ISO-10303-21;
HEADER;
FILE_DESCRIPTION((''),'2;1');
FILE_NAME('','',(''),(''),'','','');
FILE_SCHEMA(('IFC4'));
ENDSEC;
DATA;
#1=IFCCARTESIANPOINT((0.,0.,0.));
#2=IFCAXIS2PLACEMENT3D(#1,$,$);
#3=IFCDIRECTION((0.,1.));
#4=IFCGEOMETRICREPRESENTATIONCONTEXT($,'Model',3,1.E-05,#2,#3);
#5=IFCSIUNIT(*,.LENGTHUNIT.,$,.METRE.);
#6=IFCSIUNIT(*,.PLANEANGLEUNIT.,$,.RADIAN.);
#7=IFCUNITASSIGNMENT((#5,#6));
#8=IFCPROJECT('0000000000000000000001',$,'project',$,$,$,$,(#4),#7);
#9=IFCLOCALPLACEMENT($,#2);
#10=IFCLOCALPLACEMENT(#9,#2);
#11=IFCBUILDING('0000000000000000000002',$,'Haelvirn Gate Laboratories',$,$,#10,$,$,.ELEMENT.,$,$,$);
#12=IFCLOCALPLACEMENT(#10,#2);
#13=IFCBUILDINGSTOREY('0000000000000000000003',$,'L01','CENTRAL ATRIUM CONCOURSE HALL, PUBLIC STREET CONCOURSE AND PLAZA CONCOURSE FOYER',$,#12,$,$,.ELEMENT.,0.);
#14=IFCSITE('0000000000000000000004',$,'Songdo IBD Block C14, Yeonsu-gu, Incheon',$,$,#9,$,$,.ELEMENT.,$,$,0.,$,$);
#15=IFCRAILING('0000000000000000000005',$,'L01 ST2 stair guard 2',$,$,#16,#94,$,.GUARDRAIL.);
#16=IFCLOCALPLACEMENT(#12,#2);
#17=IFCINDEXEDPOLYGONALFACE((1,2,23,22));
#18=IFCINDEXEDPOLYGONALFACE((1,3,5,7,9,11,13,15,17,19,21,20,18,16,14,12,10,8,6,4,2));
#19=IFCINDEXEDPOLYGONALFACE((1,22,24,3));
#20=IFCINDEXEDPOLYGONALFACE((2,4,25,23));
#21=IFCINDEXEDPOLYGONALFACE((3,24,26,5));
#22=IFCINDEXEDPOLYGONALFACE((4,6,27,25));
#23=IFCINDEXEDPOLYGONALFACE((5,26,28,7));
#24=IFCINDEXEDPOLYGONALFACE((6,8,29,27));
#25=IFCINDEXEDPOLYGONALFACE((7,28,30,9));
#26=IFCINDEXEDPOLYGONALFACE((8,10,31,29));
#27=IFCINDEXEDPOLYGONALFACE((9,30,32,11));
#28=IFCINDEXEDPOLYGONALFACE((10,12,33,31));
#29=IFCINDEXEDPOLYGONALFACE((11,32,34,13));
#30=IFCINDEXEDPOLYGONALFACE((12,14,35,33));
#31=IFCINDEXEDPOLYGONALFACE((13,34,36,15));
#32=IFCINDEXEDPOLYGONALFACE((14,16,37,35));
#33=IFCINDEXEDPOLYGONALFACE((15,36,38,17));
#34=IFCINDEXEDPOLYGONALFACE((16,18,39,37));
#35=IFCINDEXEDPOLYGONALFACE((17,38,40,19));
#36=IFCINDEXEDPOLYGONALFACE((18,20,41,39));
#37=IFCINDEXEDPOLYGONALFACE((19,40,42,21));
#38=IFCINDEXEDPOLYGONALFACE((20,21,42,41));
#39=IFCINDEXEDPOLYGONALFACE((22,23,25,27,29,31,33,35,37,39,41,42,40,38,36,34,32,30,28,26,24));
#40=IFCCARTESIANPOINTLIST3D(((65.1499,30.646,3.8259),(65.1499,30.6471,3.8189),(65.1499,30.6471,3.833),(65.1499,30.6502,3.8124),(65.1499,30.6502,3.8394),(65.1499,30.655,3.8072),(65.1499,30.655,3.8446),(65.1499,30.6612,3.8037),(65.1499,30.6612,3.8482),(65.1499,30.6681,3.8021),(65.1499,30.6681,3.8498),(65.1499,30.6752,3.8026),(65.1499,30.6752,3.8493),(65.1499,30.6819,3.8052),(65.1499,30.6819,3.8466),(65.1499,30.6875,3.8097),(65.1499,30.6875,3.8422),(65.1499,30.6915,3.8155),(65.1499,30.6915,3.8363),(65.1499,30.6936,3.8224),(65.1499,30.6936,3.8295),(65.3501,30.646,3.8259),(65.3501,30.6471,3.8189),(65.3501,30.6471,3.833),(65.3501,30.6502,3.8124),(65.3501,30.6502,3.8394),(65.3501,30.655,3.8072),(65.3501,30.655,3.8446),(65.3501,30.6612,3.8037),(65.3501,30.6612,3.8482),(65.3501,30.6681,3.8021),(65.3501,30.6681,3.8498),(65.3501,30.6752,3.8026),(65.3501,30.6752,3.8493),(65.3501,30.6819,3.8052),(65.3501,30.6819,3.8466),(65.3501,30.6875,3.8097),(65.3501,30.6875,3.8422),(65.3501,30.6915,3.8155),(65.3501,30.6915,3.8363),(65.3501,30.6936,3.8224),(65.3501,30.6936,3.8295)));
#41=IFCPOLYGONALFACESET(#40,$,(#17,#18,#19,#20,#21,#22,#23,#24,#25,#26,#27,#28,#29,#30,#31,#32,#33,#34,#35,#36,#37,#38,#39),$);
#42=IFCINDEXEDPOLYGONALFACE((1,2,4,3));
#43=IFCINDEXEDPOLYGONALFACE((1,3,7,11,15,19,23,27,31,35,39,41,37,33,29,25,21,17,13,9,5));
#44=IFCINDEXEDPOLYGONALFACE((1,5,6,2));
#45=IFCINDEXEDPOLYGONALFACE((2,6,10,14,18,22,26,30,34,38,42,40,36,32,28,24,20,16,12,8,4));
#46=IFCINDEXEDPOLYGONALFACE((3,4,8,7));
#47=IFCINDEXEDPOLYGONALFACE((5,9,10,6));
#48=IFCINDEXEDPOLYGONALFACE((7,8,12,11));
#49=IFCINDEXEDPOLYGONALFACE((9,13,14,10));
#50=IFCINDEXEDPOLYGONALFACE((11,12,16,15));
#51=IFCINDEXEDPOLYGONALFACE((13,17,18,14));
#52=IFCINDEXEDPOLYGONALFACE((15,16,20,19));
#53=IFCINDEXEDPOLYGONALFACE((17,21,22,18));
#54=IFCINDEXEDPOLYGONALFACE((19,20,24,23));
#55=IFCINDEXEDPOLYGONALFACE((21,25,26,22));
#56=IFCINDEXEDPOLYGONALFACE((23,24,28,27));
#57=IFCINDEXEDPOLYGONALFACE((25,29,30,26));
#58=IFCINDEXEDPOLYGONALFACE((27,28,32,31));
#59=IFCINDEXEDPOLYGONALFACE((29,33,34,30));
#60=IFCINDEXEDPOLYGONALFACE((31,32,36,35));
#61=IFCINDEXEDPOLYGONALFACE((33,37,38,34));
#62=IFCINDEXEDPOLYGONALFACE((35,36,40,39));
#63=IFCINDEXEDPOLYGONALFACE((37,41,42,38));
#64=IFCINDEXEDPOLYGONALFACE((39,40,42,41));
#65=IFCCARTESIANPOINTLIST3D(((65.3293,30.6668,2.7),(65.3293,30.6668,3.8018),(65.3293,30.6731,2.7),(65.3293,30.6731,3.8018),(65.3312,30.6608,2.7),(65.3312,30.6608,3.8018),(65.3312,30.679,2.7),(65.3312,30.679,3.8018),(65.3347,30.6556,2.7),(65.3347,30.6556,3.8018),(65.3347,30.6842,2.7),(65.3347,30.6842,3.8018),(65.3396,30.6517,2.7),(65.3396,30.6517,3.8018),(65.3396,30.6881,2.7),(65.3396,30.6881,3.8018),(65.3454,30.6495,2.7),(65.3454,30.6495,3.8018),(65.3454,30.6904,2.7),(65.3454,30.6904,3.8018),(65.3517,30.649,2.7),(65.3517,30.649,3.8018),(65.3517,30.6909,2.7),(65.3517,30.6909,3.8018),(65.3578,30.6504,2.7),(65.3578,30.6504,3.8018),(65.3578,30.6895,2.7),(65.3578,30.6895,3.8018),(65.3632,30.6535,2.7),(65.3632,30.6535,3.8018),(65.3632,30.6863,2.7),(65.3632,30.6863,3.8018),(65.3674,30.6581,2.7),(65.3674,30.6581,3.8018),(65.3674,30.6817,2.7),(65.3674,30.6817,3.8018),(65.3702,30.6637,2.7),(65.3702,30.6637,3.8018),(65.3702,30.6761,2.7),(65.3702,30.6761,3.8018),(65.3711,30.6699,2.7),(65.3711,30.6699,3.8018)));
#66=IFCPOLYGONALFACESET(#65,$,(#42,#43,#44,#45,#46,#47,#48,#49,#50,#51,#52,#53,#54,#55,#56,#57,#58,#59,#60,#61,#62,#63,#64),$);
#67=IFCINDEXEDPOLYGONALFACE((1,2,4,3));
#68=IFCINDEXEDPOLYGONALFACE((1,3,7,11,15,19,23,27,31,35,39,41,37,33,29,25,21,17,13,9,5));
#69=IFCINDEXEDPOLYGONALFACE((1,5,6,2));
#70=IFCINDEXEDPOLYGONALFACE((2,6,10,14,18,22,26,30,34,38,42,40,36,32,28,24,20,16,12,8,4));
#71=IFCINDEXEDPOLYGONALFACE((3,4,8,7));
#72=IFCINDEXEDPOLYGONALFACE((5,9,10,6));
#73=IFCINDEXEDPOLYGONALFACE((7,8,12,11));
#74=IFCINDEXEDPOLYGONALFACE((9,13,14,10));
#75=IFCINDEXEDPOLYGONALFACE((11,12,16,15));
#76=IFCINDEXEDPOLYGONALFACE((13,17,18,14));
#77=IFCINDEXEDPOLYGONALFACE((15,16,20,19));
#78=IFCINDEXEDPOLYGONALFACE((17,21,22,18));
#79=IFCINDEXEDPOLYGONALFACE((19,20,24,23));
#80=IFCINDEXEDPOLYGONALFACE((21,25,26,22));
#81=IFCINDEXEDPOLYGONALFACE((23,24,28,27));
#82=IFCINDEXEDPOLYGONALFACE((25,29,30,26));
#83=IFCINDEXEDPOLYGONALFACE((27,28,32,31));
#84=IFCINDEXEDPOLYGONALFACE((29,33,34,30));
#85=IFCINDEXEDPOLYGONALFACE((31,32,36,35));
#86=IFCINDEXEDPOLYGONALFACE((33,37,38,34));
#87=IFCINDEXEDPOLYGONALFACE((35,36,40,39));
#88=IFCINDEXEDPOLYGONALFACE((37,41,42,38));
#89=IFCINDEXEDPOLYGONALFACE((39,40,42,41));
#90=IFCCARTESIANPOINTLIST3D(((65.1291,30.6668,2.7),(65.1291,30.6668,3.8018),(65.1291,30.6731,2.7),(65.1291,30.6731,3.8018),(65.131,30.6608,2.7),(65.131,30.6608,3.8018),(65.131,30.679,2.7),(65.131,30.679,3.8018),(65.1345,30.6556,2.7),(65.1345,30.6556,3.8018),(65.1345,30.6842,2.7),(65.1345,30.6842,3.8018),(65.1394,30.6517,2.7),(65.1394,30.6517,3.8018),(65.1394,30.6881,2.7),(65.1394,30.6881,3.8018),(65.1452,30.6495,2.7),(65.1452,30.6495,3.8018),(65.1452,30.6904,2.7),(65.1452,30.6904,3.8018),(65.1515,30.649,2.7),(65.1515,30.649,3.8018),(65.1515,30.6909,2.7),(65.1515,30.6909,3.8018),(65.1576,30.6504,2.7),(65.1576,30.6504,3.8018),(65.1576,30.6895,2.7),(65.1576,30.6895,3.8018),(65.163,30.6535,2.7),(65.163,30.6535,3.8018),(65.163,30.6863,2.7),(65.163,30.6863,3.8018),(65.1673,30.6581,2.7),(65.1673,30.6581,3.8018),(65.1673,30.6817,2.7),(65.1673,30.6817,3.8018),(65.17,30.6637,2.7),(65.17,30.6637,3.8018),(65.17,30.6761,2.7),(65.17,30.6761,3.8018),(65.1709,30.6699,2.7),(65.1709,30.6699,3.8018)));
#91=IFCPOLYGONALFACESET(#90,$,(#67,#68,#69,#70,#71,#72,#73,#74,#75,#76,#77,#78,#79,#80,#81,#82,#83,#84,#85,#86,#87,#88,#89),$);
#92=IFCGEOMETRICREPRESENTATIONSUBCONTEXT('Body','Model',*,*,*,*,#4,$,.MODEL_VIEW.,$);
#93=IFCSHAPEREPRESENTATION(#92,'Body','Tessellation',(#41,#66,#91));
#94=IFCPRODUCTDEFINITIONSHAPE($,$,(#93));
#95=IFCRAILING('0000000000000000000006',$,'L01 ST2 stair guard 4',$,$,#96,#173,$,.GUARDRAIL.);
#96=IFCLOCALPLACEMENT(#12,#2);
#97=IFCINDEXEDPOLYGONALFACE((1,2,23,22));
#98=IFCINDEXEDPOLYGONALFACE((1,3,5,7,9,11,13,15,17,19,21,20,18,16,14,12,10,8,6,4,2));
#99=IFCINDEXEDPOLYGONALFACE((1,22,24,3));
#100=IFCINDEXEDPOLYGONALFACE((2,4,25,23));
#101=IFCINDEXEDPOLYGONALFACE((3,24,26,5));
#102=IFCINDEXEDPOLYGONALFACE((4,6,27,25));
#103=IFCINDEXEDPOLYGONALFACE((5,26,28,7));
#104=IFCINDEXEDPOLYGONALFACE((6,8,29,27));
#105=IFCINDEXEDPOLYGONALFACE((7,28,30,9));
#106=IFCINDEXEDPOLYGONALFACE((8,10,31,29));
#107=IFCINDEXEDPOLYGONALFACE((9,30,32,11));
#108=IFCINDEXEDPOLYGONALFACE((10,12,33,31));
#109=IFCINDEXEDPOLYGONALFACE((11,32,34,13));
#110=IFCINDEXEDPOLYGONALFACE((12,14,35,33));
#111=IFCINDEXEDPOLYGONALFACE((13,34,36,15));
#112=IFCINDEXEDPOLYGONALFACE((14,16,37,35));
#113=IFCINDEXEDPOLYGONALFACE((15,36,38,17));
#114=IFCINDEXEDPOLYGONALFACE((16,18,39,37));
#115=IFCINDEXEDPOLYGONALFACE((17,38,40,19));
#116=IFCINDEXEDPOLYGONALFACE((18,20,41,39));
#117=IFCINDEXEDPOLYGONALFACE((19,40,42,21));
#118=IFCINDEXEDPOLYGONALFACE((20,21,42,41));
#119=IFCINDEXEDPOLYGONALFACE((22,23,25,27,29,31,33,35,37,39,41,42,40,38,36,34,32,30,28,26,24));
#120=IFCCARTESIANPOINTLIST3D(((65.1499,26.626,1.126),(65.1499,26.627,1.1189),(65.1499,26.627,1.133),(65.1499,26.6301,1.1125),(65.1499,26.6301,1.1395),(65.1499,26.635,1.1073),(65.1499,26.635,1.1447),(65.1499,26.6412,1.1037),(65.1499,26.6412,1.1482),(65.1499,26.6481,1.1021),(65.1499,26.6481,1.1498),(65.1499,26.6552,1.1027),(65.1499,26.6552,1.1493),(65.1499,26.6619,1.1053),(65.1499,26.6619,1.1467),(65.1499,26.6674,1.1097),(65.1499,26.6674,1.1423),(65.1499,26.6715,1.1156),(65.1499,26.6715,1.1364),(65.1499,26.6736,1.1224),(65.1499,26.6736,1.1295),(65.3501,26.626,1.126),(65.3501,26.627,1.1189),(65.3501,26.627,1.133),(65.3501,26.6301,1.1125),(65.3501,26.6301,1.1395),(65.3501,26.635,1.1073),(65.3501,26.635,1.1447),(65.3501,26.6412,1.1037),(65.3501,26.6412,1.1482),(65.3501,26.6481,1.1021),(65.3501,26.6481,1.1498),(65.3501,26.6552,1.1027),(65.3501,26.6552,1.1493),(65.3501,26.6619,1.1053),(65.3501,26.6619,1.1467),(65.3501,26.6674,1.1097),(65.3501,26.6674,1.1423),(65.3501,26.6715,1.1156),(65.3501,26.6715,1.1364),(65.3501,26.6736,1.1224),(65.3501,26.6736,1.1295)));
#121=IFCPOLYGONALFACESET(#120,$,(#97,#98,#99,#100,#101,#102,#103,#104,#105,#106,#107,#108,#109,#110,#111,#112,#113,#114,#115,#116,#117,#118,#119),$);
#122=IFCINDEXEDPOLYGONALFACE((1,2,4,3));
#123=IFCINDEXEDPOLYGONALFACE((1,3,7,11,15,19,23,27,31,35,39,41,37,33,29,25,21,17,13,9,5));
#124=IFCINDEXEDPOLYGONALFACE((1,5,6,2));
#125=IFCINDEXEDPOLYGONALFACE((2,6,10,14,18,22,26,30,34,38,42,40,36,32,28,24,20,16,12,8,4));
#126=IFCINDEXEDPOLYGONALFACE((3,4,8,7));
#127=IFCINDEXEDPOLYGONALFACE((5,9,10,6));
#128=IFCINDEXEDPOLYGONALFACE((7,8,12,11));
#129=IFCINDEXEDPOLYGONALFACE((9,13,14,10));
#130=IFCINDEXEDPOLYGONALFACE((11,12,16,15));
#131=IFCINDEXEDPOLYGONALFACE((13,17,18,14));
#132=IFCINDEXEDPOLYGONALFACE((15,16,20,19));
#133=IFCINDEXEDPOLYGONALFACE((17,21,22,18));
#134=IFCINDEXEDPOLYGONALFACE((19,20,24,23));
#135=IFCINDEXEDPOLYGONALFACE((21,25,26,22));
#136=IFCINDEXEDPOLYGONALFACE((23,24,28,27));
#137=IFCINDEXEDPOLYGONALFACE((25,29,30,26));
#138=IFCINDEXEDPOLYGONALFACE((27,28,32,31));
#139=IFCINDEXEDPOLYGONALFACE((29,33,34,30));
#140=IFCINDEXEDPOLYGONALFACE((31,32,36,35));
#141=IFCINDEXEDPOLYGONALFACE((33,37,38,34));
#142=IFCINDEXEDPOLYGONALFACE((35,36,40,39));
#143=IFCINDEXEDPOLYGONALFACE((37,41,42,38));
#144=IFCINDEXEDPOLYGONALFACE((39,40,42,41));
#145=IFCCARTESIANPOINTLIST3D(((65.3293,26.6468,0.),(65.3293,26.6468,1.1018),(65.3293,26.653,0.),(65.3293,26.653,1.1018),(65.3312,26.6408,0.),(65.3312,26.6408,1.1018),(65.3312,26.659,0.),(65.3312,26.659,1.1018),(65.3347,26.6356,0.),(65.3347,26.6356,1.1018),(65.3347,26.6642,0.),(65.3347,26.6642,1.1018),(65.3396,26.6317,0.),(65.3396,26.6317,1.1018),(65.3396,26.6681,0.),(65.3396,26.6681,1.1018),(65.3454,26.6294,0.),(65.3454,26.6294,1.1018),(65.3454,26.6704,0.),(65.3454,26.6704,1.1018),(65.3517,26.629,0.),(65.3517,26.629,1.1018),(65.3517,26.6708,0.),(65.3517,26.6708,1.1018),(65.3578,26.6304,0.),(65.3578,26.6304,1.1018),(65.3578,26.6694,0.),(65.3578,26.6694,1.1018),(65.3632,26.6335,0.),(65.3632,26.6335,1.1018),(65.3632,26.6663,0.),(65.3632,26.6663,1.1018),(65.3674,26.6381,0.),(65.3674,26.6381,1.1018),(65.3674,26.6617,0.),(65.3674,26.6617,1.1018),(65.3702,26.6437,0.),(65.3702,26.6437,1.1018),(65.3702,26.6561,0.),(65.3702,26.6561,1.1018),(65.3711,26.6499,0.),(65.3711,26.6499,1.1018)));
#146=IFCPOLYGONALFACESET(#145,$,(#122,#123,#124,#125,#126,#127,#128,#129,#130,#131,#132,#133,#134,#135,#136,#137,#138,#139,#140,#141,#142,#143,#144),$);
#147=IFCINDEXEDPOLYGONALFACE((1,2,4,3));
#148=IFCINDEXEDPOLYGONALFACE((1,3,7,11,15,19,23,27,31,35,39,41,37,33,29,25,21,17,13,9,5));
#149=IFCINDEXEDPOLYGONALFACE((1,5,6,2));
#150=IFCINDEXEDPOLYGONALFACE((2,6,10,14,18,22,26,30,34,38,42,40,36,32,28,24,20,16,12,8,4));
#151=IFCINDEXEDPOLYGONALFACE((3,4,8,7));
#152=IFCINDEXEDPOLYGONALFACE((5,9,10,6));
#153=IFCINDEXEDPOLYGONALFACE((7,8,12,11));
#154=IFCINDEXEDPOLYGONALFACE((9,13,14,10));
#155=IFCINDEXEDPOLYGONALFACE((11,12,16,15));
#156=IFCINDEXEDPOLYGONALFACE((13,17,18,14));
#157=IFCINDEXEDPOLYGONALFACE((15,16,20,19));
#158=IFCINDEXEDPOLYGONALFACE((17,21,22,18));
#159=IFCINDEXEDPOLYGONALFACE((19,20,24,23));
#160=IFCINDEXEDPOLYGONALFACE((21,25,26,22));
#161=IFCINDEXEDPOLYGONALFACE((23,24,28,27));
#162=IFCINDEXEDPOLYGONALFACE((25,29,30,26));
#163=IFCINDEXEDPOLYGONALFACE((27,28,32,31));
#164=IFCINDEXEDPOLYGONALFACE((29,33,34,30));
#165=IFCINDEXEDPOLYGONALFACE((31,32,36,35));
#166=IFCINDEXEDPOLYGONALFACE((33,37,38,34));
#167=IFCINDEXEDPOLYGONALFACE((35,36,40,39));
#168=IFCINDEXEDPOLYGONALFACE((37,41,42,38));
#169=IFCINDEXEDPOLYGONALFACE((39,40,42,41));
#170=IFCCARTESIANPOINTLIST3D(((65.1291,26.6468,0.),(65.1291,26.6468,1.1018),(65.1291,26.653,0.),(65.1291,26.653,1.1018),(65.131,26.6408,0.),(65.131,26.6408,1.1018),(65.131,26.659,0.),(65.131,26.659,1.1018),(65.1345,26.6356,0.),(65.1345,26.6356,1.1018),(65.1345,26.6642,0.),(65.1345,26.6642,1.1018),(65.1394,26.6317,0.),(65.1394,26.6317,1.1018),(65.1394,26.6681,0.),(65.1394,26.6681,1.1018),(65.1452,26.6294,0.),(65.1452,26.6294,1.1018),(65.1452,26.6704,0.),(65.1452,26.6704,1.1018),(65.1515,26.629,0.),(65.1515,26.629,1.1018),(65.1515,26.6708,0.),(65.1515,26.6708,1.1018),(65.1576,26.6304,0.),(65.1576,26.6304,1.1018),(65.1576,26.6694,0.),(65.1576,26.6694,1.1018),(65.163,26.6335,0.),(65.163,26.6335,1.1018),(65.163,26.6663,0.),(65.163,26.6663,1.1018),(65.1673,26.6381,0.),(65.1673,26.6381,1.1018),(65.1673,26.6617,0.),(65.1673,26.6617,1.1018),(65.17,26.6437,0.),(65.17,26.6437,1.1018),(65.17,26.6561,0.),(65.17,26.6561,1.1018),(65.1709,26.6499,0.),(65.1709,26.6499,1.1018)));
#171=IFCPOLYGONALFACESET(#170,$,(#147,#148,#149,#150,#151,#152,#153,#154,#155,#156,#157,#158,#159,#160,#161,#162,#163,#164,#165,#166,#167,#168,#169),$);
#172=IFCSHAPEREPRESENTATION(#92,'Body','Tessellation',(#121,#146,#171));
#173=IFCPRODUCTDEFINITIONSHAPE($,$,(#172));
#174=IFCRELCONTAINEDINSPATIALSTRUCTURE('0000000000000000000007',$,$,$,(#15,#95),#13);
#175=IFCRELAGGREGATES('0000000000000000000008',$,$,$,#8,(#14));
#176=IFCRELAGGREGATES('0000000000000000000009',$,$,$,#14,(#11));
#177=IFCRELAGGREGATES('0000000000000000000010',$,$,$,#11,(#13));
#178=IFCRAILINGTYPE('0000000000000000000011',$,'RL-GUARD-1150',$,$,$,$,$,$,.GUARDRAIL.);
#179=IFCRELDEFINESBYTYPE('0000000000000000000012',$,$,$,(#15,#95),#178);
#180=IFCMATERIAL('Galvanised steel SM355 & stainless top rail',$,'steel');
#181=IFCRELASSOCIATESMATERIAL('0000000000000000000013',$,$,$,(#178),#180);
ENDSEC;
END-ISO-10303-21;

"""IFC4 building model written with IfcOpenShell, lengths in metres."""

from ifc_helpers import new_model, si_unit, direction, frame, origin, origin_2d, place, context, subcontext, project, spatial, circle, extrude, source, transform, mapped, material, type_object, element, save


model = new_model("IFC4")

# Units and contexts
model_context = context("Model", 3, precision=1e-05, world=origin(), true_north=direction((0.0, 1.0)))
body_context = subcontext(model_context, "Body", "Model", "MODEL_VIEW")
ifc_project = project(units=[si_unit("LENGTHUNIT", "METRE"), si_unit("PLANEANGLEUNIT", "RADIAN")], contexts=[model_context])

# Site, building, storey
site_placement = place(None, origin())
site = spatial("IfcSite", under=ifc_project, at=site_placement, Name="Songdo IBD Block C14, Yeonsu-gu, Incheon", CompositionType="ELEMENT", RefElevation=0.0)
building_placement = place(site_placement, origin())
building = spatial("IfcBuilding", under=site, at=building_placement, Name="Haelvirn Gate Laboratories", CompositionType="ELEMENT")
storey_placement = place(building_placement, origin())
storey = spatial("IfcBuildingStorey", under=building, at=storey_placement, Name="L01", Description="CENTRAL ATRIUM CONCOURSE HALL, PUBLIC STREET CONCOURSE AND PLAZA CONCOURSE FOYER", CompositionType="ELEMENT", Elevation=0.0)

# Railings
ifc_material_1 = material(Name="Galvanised steel SM355 & stainless top rail", Category="steel")
railing_type_1 = type_object("IfcRailingType", Name="RL-GUARD-1150", PredefinedType="GUARDRAIL", material=ifc_material_1)
shared_shape_1 = source(origin(), body_context, "Body", "SweptSolid", [
    extrude(circle(Radius=0.0239, at=origin_2d()), frame((0.0, 0.0, 1.126), z_axis=(-1.0, 0.0, 0.0), x_axis=(0.0, -1.0, 0.0)), (0.0, 0.0, 1.0), 0.2002),
    extrude(circle(Radius=0.021, at=origin_2d()), origin(), (0.0, 0.0, 1.0), 1.1018),
    extrude(circle(Radius=0.021, at=origin_2d()), frame((-0.2002, 0.0, 0.0)), (0.0, 0.0, 1.0), 1.1018),
])
for number, where, name in (
    (1, (65.3501, 30.6699, 2.7), "L01 ST2 stair guard 2"),
    (2, (65.3501, 26.6499, 0.0), "L01 ST2 stair guard 4"),
):
    element("IfcRailing", number, at=place(storey_placement, frame(where)), inside=storey, type_object=railing_type_1, Name=name, PredefinedType="GUARDRAIL", context=body_context, shape_type="MappedRepresentation", body=[
        mapped(shared_shape_1, transform((0.0, 0.0, 0.0), scale=1.0)),
    ])

save(model, "model.ifc")
